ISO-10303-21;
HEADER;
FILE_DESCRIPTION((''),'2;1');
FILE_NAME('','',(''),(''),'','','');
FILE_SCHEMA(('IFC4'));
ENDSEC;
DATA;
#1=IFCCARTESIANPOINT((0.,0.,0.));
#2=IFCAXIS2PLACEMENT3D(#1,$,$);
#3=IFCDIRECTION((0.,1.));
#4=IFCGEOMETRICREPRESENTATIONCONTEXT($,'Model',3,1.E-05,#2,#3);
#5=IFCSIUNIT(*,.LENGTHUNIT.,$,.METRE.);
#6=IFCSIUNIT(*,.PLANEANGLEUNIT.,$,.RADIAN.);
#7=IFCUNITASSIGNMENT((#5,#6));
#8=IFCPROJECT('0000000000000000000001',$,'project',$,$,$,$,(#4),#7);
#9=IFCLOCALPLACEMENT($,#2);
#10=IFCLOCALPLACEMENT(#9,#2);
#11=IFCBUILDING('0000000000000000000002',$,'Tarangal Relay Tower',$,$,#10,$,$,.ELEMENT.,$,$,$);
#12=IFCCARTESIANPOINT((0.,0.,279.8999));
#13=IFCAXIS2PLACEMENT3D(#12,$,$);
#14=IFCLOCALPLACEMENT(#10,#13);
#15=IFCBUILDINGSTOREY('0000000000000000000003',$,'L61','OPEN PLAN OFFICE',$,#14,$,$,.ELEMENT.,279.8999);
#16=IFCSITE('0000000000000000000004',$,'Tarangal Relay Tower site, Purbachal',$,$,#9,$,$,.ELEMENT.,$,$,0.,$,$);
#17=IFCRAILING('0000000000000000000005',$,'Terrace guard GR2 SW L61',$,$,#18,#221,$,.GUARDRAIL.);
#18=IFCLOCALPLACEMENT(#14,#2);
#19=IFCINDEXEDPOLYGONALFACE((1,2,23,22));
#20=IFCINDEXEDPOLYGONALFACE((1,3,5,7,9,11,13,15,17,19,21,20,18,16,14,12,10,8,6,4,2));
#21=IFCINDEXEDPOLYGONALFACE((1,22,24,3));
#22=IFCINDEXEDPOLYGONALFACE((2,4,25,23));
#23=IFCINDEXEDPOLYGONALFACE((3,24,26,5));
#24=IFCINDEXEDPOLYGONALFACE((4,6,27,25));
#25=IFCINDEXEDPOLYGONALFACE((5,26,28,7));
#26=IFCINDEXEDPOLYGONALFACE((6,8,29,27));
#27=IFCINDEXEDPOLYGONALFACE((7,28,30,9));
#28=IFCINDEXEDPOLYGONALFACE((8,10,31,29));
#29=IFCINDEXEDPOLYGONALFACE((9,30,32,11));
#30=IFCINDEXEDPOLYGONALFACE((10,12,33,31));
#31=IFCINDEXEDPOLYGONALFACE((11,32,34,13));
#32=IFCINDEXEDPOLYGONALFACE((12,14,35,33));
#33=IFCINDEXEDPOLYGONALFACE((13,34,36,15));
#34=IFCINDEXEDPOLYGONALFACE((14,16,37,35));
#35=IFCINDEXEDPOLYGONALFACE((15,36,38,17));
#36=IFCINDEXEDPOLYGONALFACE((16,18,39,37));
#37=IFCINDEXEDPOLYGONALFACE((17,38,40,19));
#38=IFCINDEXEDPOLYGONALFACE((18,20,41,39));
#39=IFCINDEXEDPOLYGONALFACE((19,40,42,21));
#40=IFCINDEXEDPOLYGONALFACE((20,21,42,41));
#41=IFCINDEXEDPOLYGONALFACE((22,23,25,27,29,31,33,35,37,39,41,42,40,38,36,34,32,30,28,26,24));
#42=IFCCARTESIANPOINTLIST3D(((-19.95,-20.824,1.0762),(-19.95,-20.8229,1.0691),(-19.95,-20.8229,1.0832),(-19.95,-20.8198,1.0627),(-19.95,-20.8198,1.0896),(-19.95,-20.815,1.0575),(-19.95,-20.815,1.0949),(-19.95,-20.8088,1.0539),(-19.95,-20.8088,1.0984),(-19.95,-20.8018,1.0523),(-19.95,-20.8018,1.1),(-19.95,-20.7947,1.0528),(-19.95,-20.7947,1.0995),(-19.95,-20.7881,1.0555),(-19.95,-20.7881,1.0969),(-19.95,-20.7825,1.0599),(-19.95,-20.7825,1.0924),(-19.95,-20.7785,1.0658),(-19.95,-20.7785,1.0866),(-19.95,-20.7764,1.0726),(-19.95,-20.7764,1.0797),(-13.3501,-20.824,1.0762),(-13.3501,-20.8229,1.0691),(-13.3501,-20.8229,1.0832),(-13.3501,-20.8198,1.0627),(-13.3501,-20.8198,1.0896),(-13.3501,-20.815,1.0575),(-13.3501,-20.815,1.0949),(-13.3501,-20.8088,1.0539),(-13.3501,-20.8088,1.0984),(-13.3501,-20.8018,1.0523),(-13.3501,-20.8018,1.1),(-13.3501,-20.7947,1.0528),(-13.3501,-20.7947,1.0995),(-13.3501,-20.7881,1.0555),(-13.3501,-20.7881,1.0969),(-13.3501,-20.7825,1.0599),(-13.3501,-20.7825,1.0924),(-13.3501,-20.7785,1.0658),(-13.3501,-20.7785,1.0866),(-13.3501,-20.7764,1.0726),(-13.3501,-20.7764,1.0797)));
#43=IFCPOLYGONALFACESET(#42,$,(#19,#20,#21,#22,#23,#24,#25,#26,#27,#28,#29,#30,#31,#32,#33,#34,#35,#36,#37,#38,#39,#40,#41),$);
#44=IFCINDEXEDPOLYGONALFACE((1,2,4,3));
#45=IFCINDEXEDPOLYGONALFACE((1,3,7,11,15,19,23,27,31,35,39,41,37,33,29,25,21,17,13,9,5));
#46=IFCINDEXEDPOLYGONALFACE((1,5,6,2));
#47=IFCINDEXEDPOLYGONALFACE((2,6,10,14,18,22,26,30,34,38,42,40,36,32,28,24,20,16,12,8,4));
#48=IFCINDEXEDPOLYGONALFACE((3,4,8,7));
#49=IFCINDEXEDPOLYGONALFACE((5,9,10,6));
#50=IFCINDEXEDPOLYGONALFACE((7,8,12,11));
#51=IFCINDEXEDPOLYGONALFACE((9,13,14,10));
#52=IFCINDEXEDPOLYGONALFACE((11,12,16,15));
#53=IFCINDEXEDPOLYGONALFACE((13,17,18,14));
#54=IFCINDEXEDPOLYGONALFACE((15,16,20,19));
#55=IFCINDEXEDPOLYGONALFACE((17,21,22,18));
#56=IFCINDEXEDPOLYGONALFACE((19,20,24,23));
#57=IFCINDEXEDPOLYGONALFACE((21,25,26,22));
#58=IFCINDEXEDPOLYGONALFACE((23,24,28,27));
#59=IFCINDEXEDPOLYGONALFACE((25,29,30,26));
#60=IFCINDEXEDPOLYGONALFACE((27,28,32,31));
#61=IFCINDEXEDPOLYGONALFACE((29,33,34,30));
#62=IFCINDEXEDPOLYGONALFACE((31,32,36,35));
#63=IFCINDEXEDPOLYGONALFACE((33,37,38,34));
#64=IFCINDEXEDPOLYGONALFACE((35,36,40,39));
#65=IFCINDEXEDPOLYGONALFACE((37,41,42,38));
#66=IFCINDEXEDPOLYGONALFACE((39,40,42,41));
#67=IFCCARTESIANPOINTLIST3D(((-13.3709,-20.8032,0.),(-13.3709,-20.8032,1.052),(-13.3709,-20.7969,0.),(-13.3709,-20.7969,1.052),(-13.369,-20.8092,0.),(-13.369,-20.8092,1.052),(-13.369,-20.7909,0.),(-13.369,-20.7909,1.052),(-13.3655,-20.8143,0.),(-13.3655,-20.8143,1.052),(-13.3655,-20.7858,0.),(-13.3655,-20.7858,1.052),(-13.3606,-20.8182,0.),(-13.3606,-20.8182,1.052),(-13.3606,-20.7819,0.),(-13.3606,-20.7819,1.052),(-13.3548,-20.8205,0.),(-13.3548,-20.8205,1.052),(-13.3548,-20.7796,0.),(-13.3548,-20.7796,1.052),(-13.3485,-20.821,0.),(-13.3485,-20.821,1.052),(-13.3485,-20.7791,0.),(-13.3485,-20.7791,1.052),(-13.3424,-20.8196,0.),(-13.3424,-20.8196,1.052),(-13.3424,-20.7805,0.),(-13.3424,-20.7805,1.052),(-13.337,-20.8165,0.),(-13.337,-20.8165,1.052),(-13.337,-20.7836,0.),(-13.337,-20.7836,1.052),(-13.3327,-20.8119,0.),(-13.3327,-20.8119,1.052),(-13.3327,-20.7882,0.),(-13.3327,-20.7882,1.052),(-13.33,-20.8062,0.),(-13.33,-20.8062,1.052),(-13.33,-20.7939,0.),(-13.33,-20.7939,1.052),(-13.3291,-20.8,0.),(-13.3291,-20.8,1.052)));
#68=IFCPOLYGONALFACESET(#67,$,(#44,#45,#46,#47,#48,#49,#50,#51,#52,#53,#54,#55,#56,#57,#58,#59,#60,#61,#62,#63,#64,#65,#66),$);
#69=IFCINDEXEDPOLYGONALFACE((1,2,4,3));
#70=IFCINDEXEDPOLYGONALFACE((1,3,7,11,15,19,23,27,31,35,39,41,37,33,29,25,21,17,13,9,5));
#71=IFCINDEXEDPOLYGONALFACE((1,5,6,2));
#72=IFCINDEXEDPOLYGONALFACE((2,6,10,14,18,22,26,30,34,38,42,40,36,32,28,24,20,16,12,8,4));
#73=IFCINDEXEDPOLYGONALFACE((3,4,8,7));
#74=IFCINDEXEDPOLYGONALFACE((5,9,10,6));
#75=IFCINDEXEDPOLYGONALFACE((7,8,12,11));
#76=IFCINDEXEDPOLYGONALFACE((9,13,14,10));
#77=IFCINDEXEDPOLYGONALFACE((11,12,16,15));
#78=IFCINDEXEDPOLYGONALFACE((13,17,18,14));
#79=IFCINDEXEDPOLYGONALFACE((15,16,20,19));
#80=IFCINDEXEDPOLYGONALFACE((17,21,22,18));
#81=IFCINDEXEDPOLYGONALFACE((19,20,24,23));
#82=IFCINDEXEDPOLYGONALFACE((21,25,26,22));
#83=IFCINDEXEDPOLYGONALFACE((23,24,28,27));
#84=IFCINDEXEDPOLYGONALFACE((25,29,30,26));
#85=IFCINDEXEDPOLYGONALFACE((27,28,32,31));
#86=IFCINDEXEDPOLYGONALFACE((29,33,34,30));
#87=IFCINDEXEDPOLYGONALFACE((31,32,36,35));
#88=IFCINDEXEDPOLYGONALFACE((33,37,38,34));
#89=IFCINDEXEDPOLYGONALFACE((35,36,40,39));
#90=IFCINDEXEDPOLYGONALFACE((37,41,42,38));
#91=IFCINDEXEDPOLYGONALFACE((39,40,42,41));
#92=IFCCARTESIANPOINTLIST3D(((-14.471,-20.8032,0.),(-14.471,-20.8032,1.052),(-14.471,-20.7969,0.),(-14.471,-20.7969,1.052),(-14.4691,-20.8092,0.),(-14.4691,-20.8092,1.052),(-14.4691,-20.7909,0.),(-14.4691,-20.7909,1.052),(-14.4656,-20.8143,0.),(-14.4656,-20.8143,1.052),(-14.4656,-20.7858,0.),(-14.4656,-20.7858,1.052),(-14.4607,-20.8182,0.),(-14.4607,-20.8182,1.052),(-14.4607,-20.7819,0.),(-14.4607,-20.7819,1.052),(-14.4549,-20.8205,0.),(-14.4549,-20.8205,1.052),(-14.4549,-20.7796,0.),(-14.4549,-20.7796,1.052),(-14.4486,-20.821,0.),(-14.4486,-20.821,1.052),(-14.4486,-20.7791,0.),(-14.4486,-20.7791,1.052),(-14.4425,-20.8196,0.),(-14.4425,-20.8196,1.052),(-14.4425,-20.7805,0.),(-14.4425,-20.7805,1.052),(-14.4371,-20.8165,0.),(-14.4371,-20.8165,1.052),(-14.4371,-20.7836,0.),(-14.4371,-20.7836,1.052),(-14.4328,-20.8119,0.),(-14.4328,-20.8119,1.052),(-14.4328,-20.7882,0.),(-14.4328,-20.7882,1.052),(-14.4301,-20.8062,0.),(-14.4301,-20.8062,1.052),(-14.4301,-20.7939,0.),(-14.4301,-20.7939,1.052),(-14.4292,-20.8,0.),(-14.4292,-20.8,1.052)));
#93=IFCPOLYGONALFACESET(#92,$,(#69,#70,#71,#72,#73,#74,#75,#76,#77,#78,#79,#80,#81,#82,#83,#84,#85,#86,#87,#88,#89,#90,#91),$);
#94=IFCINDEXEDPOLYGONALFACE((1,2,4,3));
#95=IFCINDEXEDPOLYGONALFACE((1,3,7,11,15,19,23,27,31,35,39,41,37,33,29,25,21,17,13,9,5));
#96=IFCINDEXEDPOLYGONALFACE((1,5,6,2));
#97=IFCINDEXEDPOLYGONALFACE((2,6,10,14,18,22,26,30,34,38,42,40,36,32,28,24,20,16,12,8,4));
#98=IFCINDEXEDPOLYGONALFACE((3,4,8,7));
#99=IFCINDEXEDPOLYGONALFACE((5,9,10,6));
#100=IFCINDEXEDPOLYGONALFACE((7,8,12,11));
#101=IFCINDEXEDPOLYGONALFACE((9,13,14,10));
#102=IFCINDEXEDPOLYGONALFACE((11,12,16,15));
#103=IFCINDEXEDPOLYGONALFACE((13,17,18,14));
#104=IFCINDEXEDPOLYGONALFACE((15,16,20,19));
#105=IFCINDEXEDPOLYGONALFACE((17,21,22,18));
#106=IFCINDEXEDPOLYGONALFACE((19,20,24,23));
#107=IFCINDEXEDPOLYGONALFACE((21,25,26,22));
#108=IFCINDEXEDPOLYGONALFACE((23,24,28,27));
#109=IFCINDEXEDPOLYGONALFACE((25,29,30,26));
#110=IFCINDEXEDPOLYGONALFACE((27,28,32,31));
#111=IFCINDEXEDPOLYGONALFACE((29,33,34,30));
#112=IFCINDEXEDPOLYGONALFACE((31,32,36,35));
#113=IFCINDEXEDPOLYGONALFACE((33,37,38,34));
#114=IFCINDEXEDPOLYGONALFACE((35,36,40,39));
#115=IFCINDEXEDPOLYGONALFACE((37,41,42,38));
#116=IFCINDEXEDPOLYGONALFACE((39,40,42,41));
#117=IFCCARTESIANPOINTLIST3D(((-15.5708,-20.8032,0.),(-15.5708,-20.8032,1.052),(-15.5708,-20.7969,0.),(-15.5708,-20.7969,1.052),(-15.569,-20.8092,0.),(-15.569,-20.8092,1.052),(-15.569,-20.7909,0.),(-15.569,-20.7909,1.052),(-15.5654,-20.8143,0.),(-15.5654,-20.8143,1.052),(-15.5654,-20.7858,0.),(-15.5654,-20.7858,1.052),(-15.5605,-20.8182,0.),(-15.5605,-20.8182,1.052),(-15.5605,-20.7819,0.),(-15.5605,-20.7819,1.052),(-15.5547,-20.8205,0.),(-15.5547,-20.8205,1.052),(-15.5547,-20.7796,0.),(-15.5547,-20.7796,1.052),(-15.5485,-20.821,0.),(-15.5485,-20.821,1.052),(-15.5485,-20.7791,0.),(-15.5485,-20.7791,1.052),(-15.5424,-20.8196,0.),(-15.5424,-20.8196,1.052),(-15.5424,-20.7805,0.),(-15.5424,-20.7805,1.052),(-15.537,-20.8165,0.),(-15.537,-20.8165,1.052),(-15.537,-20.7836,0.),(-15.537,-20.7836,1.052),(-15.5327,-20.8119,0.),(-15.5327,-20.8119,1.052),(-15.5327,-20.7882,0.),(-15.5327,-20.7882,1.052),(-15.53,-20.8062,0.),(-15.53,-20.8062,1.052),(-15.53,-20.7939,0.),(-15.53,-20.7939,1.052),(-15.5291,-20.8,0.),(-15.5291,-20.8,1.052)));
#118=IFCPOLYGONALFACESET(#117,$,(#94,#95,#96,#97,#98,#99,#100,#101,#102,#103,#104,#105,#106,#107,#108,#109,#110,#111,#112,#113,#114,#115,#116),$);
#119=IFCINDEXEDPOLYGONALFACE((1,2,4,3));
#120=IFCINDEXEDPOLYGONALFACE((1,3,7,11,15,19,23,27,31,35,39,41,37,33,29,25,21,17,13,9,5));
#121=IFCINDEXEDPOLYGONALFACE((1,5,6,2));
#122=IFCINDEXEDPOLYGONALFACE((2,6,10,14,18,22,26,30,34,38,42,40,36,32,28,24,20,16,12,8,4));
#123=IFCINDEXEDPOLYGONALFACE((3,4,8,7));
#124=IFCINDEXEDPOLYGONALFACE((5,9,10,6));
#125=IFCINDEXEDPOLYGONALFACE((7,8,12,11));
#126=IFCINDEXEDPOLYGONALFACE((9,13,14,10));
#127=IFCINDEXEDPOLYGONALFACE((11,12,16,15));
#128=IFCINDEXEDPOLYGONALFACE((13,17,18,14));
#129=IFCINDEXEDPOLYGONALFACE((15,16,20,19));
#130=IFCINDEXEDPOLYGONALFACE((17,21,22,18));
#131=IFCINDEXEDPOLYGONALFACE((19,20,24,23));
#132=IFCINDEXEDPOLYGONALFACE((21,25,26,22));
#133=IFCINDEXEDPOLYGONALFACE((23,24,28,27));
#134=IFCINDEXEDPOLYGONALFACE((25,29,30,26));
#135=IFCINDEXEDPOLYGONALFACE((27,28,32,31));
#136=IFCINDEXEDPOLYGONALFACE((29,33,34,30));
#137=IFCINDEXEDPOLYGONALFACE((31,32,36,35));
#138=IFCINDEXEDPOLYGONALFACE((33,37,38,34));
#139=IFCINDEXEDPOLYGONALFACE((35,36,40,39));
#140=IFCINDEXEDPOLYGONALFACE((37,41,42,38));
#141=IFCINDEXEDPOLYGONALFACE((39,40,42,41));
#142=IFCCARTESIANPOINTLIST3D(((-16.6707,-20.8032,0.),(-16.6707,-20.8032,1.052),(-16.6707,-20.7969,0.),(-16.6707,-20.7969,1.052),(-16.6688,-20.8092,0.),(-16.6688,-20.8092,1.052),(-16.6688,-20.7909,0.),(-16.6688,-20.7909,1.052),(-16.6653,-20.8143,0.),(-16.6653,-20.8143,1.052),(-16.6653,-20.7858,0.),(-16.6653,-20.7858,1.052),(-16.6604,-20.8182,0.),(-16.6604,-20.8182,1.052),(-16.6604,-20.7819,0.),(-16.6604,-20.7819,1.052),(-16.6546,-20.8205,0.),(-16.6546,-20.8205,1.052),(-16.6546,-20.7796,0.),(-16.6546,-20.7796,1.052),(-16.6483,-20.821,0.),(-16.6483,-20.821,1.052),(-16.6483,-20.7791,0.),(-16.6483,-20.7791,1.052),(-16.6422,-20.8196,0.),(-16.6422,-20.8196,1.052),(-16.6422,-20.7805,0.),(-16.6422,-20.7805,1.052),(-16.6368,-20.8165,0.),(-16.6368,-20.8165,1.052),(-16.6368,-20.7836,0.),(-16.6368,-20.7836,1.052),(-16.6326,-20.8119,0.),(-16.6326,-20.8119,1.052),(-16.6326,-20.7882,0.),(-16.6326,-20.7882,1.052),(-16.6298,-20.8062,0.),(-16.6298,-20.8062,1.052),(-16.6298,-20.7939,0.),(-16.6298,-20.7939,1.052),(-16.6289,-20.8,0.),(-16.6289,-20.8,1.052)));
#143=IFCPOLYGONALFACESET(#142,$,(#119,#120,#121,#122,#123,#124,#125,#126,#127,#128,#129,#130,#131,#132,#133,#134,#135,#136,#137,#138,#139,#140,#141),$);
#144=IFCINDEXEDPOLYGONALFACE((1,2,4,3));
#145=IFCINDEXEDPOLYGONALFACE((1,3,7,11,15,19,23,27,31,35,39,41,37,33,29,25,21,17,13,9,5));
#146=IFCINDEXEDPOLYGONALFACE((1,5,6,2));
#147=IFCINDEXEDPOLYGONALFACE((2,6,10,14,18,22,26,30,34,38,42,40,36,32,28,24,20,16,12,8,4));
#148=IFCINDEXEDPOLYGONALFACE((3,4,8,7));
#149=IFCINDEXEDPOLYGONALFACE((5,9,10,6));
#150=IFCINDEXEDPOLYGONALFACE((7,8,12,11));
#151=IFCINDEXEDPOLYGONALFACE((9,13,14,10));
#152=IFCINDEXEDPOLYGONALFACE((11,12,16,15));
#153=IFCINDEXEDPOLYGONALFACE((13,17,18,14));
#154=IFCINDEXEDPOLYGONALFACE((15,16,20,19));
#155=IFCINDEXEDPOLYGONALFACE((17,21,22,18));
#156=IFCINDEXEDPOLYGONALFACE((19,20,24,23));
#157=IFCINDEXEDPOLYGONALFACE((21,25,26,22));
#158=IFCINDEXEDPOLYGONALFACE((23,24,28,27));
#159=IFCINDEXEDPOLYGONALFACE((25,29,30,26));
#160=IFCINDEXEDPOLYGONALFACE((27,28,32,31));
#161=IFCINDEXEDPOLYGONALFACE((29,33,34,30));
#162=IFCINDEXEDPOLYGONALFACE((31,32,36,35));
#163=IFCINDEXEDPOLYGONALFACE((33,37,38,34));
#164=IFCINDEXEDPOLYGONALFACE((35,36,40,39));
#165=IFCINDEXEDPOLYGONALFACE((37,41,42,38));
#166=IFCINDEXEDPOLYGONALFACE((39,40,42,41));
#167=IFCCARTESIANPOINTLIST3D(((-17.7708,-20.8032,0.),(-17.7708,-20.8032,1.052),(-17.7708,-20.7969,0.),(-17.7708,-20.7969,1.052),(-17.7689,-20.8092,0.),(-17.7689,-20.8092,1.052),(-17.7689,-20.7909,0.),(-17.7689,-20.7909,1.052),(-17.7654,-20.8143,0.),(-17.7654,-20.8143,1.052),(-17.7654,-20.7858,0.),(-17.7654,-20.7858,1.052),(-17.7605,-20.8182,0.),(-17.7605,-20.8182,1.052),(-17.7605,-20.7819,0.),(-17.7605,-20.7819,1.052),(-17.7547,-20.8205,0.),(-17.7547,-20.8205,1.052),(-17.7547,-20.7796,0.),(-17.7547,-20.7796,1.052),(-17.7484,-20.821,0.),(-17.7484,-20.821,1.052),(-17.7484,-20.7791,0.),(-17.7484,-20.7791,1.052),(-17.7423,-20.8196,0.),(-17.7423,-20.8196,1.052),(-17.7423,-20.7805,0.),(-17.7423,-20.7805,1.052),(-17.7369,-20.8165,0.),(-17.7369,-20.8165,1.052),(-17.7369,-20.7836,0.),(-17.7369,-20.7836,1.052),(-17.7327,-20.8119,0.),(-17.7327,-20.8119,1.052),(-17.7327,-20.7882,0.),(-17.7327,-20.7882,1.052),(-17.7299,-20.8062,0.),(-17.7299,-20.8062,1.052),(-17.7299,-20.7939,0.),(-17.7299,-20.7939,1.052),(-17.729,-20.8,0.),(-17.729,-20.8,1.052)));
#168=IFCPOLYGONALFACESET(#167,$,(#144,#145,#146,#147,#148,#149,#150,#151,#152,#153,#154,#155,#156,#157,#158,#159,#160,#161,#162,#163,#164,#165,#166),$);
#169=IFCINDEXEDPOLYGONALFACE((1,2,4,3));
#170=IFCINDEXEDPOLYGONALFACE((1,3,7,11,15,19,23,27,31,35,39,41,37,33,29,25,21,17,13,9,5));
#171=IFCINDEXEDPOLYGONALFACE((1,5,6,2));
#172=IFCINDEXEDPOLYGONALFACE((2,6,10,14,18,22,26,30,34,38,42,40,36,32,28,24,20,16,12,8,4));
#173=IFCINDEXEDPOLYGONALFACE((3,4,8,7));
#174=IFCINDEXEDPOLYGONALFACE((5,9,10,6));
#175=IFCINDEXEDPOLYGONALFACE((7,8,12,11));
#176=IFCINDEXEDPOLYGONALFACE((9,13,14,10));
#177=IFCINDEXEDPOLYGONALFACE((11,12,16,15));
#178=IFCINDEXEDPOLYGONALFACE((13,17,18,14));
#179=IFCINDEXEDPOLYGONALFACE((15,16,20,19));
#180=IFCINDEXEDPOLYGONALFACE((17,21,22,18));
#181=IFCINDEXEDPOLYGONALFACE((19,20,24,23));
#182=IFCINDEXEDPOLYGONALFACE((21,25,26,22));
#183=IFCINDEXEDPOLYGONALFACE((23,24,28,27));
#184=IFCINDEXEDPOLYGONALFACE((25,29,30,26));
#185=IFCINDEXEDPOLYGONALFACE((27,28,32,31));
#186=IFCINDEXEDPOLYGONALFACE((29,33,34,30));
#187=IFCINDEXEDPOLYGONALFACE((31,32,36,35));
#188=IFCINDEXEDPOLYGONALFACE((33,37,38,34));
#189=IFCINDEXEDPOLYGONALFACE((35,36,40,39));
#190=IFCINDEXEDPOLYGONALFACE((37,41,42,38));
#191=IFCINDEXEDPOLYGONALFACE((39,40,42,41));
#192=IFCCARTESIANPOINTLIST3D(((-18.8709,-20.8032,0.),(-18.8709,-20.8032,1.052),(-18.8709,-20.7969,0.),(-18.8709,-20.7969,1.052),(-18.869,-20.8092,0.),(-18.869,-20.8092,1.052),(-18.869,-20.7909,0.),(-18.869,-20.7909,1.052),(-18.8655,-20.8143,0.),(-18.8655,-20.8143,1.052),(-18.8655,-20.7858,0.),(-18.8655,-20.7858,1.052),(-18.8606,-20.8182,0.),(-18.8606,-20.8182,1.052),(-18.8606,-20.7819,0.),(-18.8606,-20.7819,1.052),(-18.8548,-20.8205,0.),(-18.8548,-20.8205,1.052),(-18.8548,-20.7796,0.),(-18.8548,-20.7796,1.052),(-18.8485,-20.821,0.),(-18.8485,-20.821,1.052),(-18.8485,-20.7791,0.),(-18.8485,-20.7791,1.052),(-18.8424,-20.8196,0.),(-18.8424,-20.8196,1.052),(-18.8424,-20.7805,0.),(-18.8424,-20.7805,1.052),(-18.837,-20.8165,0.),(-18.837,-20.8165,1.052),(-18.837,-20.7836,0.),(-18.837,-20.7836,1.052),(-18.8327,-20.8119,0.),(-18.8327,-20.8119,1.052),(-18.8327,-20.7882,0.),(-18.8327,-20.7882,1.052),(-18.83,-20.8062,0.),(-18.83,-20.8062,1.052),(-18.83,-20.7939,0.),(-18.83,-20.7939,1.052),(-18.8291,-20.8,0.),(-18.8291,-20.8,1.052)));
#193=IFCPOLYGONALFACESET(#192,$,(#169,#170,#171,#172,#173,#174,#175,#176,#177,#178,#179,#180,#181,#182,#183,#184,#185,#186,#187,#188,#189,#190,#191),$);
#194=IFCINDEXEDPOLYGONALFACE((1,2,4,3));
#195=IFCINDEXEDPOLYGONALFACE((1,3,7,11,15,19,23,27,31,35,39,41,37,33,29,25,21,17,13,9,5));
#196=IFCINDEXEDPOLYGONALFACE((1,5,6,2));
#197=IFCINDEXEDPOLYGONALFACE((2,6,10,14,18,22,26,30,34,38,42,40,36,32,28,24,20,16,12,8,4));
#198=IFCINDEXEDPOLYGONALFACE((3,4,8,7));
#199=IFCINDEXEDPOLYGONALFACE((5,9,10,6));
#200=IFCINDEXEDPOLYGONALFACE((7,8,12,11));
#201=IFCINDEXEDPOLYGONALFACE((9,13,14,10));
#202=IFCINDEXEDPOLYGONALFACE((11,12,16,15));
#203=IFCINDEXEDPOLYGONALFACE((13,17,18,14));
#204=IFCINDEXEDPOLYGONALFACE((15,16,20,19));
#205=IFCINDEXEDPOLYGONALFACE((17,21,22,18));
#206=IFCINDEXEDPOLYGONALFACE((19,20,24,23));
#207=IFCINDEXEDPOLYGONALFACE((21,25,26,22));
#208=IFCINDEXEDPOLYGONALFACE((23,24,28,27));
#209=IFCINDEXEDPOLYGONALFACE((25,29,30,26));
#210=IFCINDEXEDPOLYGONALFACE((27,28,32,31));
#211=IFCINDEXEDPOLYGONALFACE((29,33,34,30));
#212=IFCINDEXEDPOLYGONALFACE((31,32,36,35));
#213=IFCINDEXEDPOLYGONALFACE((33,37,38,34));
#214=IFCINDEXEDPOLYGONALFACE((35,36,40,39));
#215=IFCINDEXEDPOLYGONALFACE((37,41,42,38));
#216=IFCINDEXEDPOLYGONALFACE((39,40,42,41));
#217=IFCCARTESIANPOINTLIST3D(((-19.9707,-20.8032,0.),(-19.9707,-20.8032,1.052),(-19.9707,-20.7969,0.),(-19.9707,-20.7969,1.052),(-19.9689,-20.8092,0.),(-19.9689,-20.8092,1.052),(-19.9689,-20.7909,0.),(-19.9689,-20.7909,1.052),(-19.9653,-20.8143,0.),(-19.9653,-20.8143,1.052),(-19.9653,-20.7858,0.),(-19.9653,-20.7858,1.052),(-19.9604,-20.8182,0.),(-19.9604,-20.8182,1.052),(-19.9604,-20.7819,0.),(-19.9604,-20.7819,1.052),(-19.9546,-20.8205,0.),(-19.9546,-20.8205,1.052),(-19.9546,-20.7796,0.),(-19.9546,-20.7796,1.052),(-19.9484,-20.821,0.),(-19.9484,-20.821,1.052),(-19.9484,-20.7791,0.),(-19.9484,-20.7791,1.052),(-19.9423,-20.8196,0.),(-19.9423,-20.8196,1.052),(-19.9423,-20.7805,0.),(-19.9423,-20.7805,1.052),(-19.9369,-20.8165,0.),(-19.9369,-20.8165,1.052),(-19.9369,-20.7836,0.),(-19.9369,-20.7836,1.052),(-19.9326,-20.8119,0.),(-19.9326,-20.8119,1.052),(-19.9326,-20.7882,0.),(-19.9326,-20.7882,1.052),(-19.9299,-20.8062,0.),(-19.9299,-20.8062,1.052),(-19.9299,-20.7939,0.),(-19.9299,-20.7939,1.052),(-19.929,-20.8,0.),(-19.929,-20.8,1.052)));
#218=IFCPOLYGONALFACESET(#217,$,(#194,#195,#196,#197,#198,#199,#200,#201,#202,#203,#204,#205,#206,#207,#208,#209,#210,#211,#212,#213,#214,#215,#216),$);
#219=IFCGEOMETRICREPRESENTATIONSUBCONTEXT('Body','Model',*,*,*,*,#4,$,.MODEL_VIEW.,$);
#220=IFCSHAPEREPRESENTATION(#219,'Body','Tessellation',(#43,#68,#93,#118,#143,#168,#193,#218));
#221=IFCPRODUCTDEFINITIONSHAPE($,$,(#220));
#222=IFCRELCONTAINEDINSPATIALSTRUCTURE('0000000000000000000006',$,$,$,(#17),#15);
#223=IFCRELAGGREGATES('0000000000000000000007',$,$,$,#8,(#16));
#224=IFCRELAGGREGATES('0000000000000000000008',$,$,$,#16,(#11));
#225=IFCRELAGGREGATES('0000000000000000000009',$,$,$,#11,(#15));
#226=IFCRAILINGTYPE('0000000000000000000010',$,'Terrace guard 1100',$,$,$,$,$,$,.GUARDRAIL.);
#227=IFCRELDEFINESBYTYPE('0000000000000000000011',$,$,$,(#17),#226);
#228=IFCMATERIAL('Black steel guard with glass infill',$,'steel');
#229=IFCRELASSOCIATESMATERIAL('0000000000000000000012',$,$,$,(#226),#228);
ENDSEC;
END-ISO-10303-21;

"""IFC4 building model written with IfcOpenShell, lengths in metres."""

from ifc_helpers import new_model, si_unit, direction, frame, origin, origin_2d, place, context, subcontext, project, spatial, circle, extrude, material, type_object, element, save


model = new_model("IFC4")

# Units and contexts
model_context = context("Model", 3, precision=1e-05, world=origin(), true_north=direction((0.0, 1.0)))
body_context = subcontext(model_context, "Body", "Model", "MODEL_VIEW")
ifc_project = project(units=[si_unit("LENGTHUNIT", "METRE"), si_unit("PLANEANGLEUNIT", "RADIAN")], contexts=[model_context])

# Site, building, storey
site_placement = place(None, origin())
site = spatial("IfcSite", under=ifc_project, at=site_placement, Name="Tarangal Relay Tower site, Purbachal", CompositionType="ELEMENT", RefElevation=0.0)
building_placement = place(site_placement, origin())
building = spatial("IfcBuilding", under=site, at=building_placement, Name="Tarangal Relay Tower", CompositionType="ELEMENT")
storey_placement = place(building_placement, frame((0.0, 0.0, 279.8999)))
storey = spatial("IfcBuildingStorey", under=building, at=storey_placement, Name="L61", Description="OPEN PLAN OFFICE", CompositionType="ELEMENT", Elevation=279.8999)

# Railing
ifc_material_1 = material(Name="Black steel guard with glass infill", Category="steel")
railing_type = type_object("IfcRailingType", Name="Terrace guard 1100", PredefinedType="GUARDRAIL", material=ifc_material_1)
railing_1_placement = place(storey_placement, frame((-13.3501, -20.8, 0.0)))
element("IfcRailing", 1, at=railing_1_placement, inside=storey, type_object=railing_type, Name="Terrace guard GR2 SW L61", PredefinedType="GUARDRAIL", context=body_context, shape_type="SweptSolid", body=[
    extrude(circle(Radius=0.0239, at=origin_2d()), frame((0.0, 0.0, 1.0762), z_axis=(-1.0, 0.0, 0.0), x_axis=(0.0, -1.0, 0.0)), (0.0, 0.0, 1.0), 6.5999),
    extrude(circle(Radius=0.021, at=origin_2d()), origin(), (0.0, 0.0, 1.0), 1.052),
    extrude(circle(Radius=0.021, at=origin_2d()), frame((-1.1001, 0.0, 0.0)), (0.0, 0.0, 1.0), 1.052),
    extrude(circle(Radius=0.021, at=origin_2d()), frame((-2.2, 0.0, 0.0)), (0.0, 0.0, 1.0), 1.052),
    extrude(circle(Radius=0.021, at=origin_2d()), frame((-3.2998, 0.0, 0.0)), (0.0, 0.0, 1.0), 1.052),
    extrude(circle(Radius=0.021, at=origin_2d()), frame((-4.3999, 0.0, 0.0)), (0.0, 0.0, 1.0), 1.052),
    extrude(circle(Radius=0.021, at=origin_2d()), frame((-5.5, 0.0, 0.0)), (0.0, 0.0, 1.0), 1.052),
    extrude(circle(Radius=0.021, at=origin_2d()), frame((-6.5999, 0.0, 0.0)), (0.0, 0.0, 1.0), 1.052),
])

save(model, "model.ifc")
